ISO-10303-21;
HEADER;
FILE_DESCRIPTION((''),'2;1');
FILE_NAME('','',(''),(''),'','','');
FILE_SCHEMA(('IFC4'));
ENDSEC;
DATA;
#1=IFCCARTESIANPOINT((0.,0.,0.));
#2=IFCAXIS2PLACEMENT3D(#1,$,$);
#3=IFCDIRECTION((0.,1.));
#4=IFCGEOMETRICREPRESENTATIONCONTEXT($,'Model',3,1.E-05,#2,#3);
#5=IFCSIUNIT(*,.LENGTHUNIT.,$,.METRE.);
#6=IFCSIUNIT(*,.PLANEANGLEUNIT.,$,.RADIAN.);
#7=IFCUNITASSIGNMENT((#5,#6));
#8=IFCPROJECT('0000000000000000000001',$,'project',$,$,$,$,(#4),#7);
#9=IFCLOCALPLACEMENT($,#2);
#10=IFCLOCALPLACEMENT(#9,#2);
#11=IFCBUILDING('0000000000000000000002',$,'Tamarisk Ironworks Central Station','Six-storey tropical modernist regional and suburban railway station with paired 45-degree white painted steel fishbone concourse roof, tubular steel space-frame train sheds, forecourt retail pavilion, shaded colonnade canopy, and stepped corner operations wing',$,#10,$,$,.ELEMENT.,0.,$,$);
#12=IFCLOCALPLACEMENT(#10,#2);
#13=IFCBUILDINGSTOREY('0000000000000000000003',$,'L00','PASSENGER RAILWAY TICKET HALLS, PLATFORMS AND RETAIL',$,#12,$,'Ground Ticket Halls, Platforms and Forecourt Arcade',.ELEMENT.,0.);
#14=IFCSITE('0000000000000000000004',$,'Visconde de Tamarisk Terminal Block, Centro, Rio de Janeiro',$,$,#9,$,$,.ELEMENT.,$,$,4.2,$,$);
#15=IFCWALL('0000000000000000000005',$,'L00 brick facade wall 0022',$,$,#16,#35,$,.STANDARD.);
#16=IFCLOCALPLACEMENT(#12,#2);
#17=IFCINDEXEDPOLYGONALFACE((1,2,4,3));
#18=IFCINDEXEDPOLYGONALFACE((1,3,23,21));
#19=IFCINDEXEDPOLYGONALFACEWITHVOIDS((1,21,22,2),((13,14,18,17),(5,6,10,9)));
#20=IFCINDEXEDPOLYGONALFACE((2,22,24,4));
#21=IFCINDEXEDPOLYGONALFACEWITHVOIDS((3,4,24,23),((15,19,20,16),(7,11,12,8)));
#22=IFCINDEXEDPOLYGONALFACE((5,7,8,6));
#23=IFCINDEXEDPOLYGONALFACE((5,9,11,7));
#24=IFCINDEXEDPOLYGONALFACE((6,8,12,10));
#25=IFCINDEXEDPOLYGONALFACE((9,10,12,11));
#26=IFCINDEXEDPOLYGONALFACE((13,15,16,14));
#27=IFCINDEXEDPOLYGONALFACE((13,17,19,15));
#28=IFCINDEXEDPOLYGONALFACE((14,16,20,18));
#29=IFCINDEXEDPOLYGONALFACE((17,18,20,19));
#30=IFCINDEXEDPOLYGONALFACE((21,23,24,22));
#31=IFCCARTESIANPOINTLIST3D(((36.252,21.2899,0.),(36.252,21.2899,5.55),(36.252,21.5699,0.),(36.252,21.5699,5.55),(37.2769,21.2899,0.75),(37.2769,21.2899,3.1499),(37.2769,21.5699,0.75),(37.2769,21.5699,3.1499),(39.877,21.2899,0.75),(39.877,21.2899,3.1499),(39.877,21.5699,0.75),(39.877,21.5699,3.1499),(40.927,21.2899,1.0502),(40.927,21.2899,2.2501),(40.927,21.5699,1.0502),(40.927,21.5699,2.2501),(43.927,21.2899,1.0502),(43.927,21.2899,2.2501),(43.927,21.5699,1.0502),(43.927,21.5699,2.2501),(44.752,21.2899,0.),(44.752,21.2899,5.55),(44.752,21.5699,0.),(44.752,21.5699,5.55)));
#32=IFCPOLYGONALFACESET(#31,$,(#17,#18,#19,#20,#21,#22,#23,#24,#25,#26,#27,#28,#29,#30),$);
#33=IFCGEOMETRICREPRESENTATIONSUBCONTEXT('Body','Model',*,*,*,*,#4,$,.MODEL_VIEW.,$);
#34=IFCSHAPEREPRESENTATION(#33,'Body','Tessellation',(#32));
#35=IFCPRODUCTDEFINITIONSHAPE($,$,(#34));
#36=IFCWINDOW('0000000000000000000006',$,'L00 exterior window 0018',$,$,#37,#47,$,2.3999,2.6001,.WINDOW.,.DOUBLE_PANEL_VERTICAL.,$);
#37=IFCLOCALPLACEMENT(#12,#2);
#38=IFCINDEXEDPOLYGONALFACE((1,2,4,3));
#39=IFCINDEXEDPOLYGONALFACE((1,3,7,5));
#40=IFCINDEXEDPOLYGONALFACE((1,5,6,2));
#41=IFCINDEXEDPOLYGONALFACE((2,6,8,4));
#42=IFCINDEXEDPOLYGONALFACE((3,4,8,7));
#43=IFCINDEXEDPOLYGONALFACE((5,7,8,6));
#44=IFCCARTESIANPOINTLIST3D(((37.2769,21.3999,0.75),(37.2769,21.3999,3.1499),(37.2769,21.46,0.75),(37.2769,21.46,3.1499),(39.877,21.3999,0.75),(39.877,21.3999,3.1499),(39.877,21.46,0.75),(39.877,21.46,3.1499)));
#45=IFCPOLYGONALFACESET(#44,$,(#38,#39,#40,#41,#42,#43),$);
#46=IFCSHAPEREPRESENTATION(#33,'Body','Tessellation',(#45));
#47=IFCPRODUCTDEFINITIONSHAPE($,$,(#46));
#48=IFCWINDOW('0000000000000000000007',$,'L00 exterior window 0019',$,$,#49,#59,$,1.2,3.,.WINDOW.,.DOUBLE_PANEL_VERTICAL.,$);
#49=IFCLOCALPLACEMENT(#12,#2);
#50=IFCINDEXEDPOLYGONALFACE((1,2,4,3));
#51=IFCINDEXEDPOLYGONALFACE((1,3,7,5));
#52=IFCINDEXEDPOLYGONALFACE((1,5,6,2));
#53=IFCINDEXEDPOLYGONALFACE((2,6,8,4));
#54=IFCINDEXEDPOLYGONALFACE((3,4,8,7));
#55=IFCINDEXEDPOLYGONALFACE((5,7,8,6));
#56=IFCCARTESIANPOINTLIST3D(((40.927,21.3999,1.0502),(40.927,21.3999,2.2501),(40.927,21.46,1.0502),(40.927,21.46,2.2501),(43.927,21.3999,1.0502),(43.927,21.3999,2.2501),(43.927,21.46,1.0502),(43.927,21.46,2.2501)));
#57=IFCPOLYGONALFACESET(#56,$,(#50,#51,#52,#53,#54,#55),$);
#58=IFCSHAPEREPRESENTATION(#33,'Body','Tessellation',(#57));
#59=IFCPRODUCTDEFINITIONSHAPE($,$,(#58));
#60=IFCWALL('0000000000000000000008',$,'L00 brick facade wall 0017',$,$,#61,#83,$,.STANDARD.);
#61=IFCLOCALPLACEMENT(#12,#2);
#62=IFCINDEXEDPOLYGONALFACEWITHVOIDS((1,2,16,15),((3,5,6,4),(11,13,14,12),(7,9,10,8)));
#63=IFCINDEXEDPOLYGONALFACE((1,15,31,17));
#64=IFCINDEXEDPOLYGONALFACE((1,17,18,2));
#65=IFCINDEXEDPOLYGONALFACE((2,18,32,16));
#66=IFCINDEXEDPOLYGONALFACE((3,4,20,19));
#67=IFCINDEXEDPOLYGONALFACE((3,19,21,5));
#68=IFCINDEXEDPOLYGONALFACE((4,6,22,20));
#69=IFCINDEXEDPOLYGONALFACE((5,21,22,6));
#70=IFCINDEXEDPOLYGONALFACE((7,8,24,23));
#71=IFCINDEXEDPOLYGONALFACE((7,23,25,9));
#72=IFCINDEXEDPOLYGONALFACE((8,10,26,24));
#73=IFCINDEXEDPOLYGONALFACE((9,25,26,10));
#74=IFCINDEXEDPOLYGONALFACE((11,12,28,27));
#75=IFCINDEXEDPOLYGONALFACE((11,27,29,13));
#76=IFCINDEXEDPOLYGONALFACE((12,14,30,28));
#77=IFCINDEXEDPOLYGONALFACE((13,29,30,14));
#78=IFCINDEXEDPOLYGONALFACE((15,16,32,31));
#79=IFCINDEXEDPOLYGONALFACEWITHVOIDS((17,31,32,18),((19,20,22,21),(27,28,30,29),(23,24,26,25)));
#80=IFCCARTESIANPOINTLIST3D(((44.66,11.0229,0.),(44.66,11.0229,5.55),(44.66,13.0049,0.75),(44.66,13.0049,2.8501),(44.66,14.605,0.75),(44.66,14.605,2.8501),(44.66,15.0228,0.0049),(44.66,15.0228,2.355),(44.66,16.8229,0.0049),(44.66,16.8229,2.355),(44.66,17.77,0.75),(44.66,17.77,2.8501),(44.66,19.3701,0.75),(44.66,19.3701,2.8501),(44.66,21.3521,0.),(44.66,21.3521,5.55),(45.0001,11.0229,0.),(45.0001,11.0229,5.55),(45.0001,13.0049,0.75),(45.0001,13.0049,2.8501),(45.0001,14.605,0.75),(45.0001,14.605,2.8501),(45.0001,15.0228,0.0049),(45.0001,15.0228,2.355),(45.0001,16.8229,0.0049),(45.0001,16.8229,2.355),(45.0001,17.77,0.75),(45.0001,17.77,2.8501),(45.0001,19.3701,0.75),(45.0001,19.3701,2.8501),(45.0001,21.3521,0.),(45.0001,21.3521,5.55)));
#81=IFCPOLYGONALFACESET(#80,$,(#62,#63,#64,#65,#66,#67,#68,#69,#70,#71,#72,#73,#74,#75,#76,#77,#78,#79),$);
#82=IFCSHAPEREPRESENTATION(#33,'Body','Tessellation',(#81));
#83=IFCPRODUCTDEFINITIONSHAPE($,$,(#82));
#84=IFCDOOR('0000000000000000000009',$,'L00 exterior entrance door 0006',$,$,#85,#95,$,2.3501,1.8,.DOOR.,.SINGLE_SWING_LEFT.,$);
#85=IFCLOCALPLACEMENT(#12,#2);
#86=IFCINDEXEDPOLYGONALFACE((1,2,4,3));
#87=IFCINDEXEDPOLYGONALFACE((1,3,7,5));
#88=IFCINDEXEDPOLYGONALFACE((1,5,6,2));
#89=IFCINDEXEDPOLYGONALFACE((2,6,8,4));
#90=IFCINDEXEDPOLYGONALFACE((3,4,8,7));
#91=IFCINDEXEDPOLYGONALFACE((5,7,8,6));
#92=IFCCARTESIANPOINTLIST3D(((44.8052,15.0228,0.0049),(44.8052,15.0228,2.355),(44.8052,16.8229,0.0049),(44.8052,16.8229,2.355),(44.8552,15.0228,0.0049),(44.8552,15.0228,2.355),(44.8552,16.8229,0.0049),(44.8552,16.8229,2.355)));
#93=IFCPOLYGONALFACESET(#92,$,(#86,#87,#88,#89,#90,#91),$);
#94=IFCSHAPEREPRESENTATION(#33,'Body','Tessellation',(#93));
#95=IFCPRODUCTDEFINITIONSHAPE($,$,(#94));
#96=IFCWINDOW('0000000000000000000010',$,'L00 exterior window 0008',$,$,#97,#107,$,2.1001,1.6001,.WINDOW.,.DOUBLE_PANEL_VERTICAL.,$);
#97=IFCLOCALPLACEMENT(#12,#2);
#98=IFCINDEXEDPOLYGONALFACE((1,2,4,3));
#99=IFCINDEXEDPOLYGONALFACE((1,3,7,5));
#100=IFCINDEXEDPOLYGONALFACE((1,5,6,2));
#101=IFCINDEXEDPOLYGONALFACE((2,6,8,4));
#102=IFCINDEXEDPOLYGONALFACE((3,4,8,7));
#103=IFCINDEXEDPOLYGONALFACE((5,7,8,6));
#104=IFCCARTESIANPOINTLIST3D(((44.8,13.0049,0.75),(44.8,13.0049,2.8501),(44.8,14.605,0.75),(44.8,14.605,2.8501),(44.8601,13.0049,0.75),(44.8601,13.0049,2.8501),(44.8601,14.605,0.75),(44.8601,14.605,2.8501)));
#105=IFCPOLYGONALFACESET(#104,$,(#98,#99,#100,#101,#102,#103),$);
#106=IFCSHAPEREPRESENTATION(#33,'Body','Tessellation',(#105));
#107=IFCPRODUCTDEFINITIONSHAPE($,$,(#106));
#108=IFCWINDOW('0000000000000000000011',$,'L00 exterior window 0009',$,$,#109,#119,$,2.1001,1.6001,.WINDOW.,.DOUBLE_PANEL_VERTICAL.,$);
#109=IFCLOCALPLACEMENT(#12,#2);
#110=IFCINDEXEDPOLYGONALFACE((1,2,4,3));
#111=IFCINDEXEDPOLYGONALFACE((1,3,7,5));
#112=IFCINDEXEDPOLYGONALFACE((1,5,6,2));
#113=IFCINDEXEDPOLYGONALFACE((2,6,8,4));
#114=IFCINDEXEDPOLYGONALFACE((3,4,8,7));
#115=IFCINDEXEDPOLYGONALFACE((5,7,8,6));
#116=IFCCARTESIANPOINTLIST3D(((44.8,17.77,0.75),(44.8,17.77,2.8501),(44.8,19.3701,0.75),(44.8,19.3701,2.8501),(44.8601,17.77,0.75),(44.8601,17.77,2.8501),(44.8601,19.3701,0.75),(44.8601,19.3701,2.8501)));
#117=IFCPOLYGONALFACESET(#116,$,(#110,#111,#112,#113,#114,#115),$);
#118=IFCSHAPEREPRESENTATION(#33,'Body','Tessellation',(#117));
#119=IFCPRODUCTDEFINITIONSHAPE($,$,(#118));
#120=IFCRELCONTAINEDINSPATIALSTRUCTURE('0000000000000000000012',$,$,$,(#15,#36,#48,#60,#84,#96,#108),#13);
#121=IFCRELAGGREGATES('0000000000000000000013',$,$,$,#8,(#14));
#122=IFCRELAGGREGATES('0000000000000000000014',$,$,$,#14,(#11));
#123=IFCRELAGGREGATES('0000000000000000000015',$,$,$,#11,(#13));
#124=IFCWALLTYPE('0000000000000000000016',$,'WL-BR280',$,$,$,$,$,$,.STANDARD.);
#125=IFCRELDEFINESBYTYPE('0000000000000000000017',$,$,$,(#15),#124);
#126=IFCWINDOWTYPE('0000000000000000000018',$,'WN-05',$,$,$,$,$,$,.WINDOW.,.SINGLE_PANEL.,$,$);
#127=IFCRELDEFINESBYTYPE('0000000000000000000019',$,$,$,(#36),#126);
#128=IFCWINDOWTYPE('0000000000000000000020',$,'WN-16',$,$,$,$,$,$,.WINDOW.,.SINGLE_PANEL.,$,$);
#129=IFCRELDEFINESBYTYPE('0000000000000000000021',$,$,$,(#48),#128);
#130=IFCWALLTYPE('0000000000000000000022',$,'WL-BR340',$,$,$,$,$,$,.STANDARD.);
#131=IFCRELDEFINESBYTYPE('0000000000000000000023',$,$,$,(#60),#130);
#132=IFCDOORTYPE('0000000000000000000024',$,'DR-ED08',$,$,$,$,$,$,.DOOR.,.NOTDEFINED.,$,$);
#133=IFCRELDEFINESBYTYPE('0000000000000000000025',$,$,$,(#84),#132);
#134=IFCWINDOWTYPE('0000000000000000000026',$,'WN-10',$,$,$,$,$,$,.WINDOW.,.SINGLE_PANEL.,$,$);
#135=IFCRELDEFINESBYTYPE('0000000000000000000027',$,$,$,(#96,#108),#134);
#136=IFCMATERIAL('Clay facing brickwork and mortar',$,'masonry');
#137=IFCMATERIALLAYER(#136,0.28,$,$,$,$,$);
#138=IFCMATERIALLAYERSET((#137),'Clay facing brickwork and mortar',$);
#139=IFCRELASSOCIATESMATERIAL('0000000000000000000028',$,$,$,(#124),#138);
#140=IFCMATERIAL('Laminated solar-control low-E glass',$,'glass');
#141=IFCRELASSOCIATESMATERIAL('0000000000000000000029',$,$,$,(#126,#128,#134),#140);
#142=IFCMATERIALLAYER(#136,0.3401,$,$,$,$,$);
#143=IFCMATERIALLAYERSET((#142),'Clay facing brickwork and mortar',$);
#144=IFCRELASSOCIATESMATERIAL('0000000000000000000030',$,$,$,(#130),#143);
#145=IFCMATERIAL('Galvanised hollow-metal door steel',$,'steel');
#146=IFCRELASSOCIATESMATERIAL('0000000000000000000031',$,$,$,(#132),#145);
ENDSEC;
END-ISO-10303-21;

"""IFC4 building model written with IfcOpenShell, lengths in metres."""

from ifc_helpers import new_model, si_unit, direction, frame, frame_2d, origin, place, context, subcontext, project, spatial, rectangle, extrude, material, layer, layer_set, type_object, element, fill, save


model = new_model("IFC4")

# Units and contexts
model_context = context("Model", 3, precision=1e-05, world=origin(), true_north=direction((0.0, 1.0)))
body_context = subcontext(model_context, "Body", "Model", "MODEL_VIEW")
ifc_project = project(units=[si_unit("LENGTHUNIT", "METRE"), si_unit("PLANEANGLEUNIT", "RADIAN")], contexts=[model_context])

# Site, building, storey
site_placement = place(None, origin())
site = spatial("IfcSite", under=ifc_project, at=site_placement, Name="Visconde de Tamarisk Terminal Block, Centro, Rio de Janeiro", CompositionType="ELEMENT", RefElevation=4.2)
building_placement = place(site_placement, origin())
building = spatial("IfcBuilding", under=site, at=building_placement, Name="Tamarisk Ironworks Central Station", Description="Six-storey tropical modernist regional and suburban railway station with paired 45-degree white painted steel fishbone concourse roof, tubular steel space-frame train sheds, forecourt retail pavilion, shaded colonnade canopy, and stepped corner operations wing", CompositionType="ELEMENT", ElevationOfRefHeight=0.0)
storey_placement = place(building_placement, origin())
storey = spatial("IfcBuildingStorey", under=building, at=storey_placement, Name="L00", Description="PASSENGER RAILWAY TICKET HALLS, PLATFORMS AND RETAIL", LongName="Ground Ticket Halls, Platforms and Forecourt Arcade", CompositionType="ELEMENT", Elevation=0.0)

# Shared definitions
ifc_material_1 = material(Name="Clay facing brickwork and mortar", Category="masonry")

# Wall, openings, windows
ifc_layer_1 = layer(ifc_material_1, 0.28)
ifc_layer_set_1 = layer_set([ifc_layer_1], Name="Clay facing brickwork and mortar")
wall_type_1 = type_object("IfcWallType", Name="WL-BR280", PredefinedType="STANDARD", material=ifc_layer_set_1)
wall_1_placement = place(storey_placement, frame((36.252, 21.4299, 0.0), z_axis=(0.0, 0.0, 1.0), x_axis=(1.0, 0.0, 0.0)))
wall_1 = element("IfcWall", 1, at=wall_1_placement, inside=storey, type_object=wall_type_1, Name="L00 brick facade wall 0022", PredefinedType="STANDARD", context=body_context, shape_type="SweptSolid", body=[
    extrude(rectangle(XDim=8.5, YDim=0.28, at=frame_2d((4.25, 0.0))), origin(), (0.0, 0.0, 1.0), 5.55),
])
opening_1_placement = place(wall_1_placement, frame((1.0249, 0.0, 0.75)))
opening_1 = element("IfcOpeningElement", 2, at=opening_1_placement, cuts=wall_1, PredefinedType="OPENING", context=body_context, shape_type="SweptSolid", body=[
    extrude(rectangle(XDim=2.6001, YDim=2.3999, at=frame_2d((1.3, 1.2))), frame((0.0, 0.1519, 0.0), z_axis=(0.0, -1.0, 0.0), x_axis=(1.0, 0.0, 0.0)), (0.0, 0.0, 1.0), 0.304),
])
opening_2_placement = place(wall_1_placement, frame((4.675, 0.0, 1.05)))
opening_2 = element("IfcOpeningElement", 3, at=opening_2_placement, cuts=wall_1, PredefinedType="OPENING", context=body_context, shape_type="SweptSolid", body=[
    extrude(rectangle(XDim=3.0, YDim=1.2, at=frame_2d((1.5, 0.6001))), frame((0.0, 0.1519, 0.0), z_axis=(0.0, -1.0, 0.0), x_axis=(1.0, 0.0, 0.0)), (0.0, 0.0, 1.0), 0.304),
])
ifc_material_2 = material(Name="Laminated solar-control low-E glass", Category="glass")
window_type_1 = type_object("IfcWindowType", Name="WN-05", PartitioningType="SINGLE_PANEL", PredefinedType="WINDOW", material=ifc_material_2)
window_1_placement = place(opening_1_placement, origin())
window_1 = element("IfcWindow", 4, at=window_1_placement, inside=storey, type_object=window_type_1, Name="L00 exterior window 0018", OverallHeight=2.3999, OverallWidth=2.6001, PartitioningType="DOUBLE_PANEL_VERTICAL", PredefinedType="WINDOW", context=body_context, shape_type="SweptSolid", body=[
    extrude(rectangle(XDim=2.6001, YDim=2.3999, at=frame_2d((1.3, 1.2))), frame((0.0, 0.03, 0.0), z_axis=(0.0, -1.0, 0.0), x_axis=(1.0, 0.0, 0.0)), (0.0, 0.0, 1.0), 0.0601),
])
fill(opening_1, window_1)
window_type_2 = type_object("IfcWindowType", Name="WN-16", PartitioningType="SINGLE_PANEL", PredefinedType="WINDOW", material=ifc_material_2)
window_2_placement = place(opening_2_placement, origin())
window_2 = element("IfcWindow", 5, at=window_2_placement, inside=storey, type_object=window_type_2, Name="L00 exterior window 0019", OverallHeight=1.2, OverallWidth=3.0, PartitioningType="DOUBLE_PANEL_VERTICAL", PredefinedType="WINDOW", context=body_context, shape_type="SweptSolid", body=[
    extrude(rectangle(XDim=3.0, YDim=1.2, at=frame_2d((1.5, 0.6001))), frame((0.0, 0.03, 0.0), z_axis=(0.0, -1.0, 0.0), x_axis=(1.0, 0.0, 0.0)), (0.0, 0.0, 1.0), 0.0601),
])
fill(opening_2, window_2)

# Wall, openings, door, windows
ifc_layer_2 = layer(ifc_material_1, 0.3401)
ifc_layer_set_2 = layer_set([ifc_layer_2], Name="Clay facing brickwork and mortar")
wall_type_2 = type_object("IfcWallType", Name="WL-BR340", PredefinedType="STANDARD", material=ifc_layer_set_2)
wall_2_placement = place(storey_placement, frame((44.8301, 11.0229, 0.0), z_axis=(0.0, 0.0, 1.0), x_axis=(0.0, 1.0, 0.0)))
wall_2 = element("IfcWall", 6, at=wall_2_placement, inside=storey, type_object=wall_type_2, Name="L00 brick facade wall 0017", PredefinedType="STANDARD", context=body_context, shape_type="SweptSolid", body=[
    extrude(rectangle(XDim=10.3291, YDim=0.3401, at=frame_2d((5.1646, 0.0))), origin(), (0.0, 0.0, 1.0), 5.55),
])
opening_3_placement = place(wall_2_placement, frame((4.0, 0.0, 0.0049)))
opening_3 = element("IfcOpeningElement", 7, at=opening_3_placement, cuts=wall_2, PredefinedType="OPENING", context=body_context, shape_type="SweptSolid", body=[
    extrude(rectangle(XDim=1.8, YDim=2.3501, at=frame_2d((0.8999, 1.175))), frame((0.0, 0.1821, 0.0), z_axis=(0.0, -1.0, 0.0), x_axis=(1.0, 0.0, 0.0)), (0.0, 0.0, 1.0), 0.364),
])
opening_4_placement = place(wall_2_placement, frame((1.9819, 0.0, 0.75)))
opening_4 = element("IfcOpeningElement", 8, at=opening_4_placement, cuts=wall_2, PredefinedType="OPENING", context=body_context, shape_type="SweptSolid", body=[
    extrude(rectangle(XDim=1.6001, YDim=2.1001, at=frame_2d((0.8, 1.05))), frame((0.0, 0.1821, 0.0), z_axis=(0.0, -1.0, 0.0), x_axis=(1.0, 0.0, 0.0)), (0.0, 0.0, 1.0), 0.364),
])
opening_5_placement = place(wall_2_placement, frame((6.7471, 0.0, 0.75)))
opening_5 = element("IfcOpeningElement", 9, at=opening_5_placement, cuts=wall_2, PredefinedType="OPENING", context=body_context, shape_type="SweptSolid", body=[
    extrude(rectangle(XDim=1.6001, YDim=2.1001, at=frame_2d((0.8, 1.05))), frame((0.0, 0.1821, 0.0), z_axis=(0.0, -1.0, 0.0), x_axis=(1.0, 0.0, 0.0)), (0.0, 0.0, 1.0), 0.364),
])
ifc_material_3 = material(Name="Galvanised hollow-metal door steel", Category="steel")
door_type = type_object("IfcDoorType", Name="DR-ED08", OperationType="NOTDEFINED", PredefinedType="DOOR", material=ifc_material_3)
door_placement = place(opening_3_placement, origin())
door = element("IfcDoor", 10, at=door_placement, inside=storey, type_object=door_type, Name="L00 exterior entrance door 0006", OperationType="SINGLE_SWING_LEFT", OverallHeight=2.3501, OverallWidth=1.8, PredefinedType="DOOR", context=body_context, shape_type="SweptSolid", body=[
    extrude(rectangle(XDim=1.8, YDim=2.3501, at=frame_2d((0.8999, 1.175))), frame((0.0, 0.0249, 0.0), z_axis=(0.0, -1.0, 0.0), x_axis=(1.0, 0.0, 0.0)), (0.0, 0.0, 1.0), 0.05),
])
fill(opening_3, door)
window_type_3 = type_object("IfcWindowType", Name="WN-10", PartitioningType="SINGLE_PANEL", PredefinedType="WINDOW", material=ifc_material_2)
window_3_placement = place(opening_4_placement, origin())
window_3 = element("IfcWindow", 11, at=window_3_placement, inside=storey, type_object=window_type_3, Name="L00 exterior window 0008", OverallHeight=2.1001, OverallWidth=1.6001, PartitioningType="DOUBLE_PANEL_VERTICAL", PredefinedType="WINDOW", context=body_context, shape_type="SweptSolid", body=[
    extrude(rectangle(XDim=1.6001, YDim=2.1001, at=frame_2d((0.8, 1.05))), frame((0.0, 0.03, 0.0), z_axis=(0.0, -1.0, 0.0), x_axis=(1.0, 0.0, 0.0)), (0.0, 0.0, 1.0), 0.0601),
])
fill(opening_4, window_3)
window_4_placement = place(opening_5_placement, origin())
window_4 = element("IfcWindow", 12, at=window_4_placement, inside=storey, type_object=window_type_3, Name="L00 exterior window 0009", OverallHeight=2.1001, OverallWidth=1.6001, PartitioningType="DOUBLE_PANEL_VERTICAL", PredefinedType="WINDOW", context=body_context, shape_type="SweptSolid", body=[
    extrude(rectangle(XDim=1.6001, YDim=2.1001, at=frame_2d((0.8, 1.05))), frame((0.0, 0.03, 0.0), z_axis=(0.0, -1.0, 0.0), x_axis=(1.0, 0.0, 0.0)), (0.0, 0.0, 1.0), 0.0601),
])
fill(opening_5, window_4)

save(model, "model.ifc")
